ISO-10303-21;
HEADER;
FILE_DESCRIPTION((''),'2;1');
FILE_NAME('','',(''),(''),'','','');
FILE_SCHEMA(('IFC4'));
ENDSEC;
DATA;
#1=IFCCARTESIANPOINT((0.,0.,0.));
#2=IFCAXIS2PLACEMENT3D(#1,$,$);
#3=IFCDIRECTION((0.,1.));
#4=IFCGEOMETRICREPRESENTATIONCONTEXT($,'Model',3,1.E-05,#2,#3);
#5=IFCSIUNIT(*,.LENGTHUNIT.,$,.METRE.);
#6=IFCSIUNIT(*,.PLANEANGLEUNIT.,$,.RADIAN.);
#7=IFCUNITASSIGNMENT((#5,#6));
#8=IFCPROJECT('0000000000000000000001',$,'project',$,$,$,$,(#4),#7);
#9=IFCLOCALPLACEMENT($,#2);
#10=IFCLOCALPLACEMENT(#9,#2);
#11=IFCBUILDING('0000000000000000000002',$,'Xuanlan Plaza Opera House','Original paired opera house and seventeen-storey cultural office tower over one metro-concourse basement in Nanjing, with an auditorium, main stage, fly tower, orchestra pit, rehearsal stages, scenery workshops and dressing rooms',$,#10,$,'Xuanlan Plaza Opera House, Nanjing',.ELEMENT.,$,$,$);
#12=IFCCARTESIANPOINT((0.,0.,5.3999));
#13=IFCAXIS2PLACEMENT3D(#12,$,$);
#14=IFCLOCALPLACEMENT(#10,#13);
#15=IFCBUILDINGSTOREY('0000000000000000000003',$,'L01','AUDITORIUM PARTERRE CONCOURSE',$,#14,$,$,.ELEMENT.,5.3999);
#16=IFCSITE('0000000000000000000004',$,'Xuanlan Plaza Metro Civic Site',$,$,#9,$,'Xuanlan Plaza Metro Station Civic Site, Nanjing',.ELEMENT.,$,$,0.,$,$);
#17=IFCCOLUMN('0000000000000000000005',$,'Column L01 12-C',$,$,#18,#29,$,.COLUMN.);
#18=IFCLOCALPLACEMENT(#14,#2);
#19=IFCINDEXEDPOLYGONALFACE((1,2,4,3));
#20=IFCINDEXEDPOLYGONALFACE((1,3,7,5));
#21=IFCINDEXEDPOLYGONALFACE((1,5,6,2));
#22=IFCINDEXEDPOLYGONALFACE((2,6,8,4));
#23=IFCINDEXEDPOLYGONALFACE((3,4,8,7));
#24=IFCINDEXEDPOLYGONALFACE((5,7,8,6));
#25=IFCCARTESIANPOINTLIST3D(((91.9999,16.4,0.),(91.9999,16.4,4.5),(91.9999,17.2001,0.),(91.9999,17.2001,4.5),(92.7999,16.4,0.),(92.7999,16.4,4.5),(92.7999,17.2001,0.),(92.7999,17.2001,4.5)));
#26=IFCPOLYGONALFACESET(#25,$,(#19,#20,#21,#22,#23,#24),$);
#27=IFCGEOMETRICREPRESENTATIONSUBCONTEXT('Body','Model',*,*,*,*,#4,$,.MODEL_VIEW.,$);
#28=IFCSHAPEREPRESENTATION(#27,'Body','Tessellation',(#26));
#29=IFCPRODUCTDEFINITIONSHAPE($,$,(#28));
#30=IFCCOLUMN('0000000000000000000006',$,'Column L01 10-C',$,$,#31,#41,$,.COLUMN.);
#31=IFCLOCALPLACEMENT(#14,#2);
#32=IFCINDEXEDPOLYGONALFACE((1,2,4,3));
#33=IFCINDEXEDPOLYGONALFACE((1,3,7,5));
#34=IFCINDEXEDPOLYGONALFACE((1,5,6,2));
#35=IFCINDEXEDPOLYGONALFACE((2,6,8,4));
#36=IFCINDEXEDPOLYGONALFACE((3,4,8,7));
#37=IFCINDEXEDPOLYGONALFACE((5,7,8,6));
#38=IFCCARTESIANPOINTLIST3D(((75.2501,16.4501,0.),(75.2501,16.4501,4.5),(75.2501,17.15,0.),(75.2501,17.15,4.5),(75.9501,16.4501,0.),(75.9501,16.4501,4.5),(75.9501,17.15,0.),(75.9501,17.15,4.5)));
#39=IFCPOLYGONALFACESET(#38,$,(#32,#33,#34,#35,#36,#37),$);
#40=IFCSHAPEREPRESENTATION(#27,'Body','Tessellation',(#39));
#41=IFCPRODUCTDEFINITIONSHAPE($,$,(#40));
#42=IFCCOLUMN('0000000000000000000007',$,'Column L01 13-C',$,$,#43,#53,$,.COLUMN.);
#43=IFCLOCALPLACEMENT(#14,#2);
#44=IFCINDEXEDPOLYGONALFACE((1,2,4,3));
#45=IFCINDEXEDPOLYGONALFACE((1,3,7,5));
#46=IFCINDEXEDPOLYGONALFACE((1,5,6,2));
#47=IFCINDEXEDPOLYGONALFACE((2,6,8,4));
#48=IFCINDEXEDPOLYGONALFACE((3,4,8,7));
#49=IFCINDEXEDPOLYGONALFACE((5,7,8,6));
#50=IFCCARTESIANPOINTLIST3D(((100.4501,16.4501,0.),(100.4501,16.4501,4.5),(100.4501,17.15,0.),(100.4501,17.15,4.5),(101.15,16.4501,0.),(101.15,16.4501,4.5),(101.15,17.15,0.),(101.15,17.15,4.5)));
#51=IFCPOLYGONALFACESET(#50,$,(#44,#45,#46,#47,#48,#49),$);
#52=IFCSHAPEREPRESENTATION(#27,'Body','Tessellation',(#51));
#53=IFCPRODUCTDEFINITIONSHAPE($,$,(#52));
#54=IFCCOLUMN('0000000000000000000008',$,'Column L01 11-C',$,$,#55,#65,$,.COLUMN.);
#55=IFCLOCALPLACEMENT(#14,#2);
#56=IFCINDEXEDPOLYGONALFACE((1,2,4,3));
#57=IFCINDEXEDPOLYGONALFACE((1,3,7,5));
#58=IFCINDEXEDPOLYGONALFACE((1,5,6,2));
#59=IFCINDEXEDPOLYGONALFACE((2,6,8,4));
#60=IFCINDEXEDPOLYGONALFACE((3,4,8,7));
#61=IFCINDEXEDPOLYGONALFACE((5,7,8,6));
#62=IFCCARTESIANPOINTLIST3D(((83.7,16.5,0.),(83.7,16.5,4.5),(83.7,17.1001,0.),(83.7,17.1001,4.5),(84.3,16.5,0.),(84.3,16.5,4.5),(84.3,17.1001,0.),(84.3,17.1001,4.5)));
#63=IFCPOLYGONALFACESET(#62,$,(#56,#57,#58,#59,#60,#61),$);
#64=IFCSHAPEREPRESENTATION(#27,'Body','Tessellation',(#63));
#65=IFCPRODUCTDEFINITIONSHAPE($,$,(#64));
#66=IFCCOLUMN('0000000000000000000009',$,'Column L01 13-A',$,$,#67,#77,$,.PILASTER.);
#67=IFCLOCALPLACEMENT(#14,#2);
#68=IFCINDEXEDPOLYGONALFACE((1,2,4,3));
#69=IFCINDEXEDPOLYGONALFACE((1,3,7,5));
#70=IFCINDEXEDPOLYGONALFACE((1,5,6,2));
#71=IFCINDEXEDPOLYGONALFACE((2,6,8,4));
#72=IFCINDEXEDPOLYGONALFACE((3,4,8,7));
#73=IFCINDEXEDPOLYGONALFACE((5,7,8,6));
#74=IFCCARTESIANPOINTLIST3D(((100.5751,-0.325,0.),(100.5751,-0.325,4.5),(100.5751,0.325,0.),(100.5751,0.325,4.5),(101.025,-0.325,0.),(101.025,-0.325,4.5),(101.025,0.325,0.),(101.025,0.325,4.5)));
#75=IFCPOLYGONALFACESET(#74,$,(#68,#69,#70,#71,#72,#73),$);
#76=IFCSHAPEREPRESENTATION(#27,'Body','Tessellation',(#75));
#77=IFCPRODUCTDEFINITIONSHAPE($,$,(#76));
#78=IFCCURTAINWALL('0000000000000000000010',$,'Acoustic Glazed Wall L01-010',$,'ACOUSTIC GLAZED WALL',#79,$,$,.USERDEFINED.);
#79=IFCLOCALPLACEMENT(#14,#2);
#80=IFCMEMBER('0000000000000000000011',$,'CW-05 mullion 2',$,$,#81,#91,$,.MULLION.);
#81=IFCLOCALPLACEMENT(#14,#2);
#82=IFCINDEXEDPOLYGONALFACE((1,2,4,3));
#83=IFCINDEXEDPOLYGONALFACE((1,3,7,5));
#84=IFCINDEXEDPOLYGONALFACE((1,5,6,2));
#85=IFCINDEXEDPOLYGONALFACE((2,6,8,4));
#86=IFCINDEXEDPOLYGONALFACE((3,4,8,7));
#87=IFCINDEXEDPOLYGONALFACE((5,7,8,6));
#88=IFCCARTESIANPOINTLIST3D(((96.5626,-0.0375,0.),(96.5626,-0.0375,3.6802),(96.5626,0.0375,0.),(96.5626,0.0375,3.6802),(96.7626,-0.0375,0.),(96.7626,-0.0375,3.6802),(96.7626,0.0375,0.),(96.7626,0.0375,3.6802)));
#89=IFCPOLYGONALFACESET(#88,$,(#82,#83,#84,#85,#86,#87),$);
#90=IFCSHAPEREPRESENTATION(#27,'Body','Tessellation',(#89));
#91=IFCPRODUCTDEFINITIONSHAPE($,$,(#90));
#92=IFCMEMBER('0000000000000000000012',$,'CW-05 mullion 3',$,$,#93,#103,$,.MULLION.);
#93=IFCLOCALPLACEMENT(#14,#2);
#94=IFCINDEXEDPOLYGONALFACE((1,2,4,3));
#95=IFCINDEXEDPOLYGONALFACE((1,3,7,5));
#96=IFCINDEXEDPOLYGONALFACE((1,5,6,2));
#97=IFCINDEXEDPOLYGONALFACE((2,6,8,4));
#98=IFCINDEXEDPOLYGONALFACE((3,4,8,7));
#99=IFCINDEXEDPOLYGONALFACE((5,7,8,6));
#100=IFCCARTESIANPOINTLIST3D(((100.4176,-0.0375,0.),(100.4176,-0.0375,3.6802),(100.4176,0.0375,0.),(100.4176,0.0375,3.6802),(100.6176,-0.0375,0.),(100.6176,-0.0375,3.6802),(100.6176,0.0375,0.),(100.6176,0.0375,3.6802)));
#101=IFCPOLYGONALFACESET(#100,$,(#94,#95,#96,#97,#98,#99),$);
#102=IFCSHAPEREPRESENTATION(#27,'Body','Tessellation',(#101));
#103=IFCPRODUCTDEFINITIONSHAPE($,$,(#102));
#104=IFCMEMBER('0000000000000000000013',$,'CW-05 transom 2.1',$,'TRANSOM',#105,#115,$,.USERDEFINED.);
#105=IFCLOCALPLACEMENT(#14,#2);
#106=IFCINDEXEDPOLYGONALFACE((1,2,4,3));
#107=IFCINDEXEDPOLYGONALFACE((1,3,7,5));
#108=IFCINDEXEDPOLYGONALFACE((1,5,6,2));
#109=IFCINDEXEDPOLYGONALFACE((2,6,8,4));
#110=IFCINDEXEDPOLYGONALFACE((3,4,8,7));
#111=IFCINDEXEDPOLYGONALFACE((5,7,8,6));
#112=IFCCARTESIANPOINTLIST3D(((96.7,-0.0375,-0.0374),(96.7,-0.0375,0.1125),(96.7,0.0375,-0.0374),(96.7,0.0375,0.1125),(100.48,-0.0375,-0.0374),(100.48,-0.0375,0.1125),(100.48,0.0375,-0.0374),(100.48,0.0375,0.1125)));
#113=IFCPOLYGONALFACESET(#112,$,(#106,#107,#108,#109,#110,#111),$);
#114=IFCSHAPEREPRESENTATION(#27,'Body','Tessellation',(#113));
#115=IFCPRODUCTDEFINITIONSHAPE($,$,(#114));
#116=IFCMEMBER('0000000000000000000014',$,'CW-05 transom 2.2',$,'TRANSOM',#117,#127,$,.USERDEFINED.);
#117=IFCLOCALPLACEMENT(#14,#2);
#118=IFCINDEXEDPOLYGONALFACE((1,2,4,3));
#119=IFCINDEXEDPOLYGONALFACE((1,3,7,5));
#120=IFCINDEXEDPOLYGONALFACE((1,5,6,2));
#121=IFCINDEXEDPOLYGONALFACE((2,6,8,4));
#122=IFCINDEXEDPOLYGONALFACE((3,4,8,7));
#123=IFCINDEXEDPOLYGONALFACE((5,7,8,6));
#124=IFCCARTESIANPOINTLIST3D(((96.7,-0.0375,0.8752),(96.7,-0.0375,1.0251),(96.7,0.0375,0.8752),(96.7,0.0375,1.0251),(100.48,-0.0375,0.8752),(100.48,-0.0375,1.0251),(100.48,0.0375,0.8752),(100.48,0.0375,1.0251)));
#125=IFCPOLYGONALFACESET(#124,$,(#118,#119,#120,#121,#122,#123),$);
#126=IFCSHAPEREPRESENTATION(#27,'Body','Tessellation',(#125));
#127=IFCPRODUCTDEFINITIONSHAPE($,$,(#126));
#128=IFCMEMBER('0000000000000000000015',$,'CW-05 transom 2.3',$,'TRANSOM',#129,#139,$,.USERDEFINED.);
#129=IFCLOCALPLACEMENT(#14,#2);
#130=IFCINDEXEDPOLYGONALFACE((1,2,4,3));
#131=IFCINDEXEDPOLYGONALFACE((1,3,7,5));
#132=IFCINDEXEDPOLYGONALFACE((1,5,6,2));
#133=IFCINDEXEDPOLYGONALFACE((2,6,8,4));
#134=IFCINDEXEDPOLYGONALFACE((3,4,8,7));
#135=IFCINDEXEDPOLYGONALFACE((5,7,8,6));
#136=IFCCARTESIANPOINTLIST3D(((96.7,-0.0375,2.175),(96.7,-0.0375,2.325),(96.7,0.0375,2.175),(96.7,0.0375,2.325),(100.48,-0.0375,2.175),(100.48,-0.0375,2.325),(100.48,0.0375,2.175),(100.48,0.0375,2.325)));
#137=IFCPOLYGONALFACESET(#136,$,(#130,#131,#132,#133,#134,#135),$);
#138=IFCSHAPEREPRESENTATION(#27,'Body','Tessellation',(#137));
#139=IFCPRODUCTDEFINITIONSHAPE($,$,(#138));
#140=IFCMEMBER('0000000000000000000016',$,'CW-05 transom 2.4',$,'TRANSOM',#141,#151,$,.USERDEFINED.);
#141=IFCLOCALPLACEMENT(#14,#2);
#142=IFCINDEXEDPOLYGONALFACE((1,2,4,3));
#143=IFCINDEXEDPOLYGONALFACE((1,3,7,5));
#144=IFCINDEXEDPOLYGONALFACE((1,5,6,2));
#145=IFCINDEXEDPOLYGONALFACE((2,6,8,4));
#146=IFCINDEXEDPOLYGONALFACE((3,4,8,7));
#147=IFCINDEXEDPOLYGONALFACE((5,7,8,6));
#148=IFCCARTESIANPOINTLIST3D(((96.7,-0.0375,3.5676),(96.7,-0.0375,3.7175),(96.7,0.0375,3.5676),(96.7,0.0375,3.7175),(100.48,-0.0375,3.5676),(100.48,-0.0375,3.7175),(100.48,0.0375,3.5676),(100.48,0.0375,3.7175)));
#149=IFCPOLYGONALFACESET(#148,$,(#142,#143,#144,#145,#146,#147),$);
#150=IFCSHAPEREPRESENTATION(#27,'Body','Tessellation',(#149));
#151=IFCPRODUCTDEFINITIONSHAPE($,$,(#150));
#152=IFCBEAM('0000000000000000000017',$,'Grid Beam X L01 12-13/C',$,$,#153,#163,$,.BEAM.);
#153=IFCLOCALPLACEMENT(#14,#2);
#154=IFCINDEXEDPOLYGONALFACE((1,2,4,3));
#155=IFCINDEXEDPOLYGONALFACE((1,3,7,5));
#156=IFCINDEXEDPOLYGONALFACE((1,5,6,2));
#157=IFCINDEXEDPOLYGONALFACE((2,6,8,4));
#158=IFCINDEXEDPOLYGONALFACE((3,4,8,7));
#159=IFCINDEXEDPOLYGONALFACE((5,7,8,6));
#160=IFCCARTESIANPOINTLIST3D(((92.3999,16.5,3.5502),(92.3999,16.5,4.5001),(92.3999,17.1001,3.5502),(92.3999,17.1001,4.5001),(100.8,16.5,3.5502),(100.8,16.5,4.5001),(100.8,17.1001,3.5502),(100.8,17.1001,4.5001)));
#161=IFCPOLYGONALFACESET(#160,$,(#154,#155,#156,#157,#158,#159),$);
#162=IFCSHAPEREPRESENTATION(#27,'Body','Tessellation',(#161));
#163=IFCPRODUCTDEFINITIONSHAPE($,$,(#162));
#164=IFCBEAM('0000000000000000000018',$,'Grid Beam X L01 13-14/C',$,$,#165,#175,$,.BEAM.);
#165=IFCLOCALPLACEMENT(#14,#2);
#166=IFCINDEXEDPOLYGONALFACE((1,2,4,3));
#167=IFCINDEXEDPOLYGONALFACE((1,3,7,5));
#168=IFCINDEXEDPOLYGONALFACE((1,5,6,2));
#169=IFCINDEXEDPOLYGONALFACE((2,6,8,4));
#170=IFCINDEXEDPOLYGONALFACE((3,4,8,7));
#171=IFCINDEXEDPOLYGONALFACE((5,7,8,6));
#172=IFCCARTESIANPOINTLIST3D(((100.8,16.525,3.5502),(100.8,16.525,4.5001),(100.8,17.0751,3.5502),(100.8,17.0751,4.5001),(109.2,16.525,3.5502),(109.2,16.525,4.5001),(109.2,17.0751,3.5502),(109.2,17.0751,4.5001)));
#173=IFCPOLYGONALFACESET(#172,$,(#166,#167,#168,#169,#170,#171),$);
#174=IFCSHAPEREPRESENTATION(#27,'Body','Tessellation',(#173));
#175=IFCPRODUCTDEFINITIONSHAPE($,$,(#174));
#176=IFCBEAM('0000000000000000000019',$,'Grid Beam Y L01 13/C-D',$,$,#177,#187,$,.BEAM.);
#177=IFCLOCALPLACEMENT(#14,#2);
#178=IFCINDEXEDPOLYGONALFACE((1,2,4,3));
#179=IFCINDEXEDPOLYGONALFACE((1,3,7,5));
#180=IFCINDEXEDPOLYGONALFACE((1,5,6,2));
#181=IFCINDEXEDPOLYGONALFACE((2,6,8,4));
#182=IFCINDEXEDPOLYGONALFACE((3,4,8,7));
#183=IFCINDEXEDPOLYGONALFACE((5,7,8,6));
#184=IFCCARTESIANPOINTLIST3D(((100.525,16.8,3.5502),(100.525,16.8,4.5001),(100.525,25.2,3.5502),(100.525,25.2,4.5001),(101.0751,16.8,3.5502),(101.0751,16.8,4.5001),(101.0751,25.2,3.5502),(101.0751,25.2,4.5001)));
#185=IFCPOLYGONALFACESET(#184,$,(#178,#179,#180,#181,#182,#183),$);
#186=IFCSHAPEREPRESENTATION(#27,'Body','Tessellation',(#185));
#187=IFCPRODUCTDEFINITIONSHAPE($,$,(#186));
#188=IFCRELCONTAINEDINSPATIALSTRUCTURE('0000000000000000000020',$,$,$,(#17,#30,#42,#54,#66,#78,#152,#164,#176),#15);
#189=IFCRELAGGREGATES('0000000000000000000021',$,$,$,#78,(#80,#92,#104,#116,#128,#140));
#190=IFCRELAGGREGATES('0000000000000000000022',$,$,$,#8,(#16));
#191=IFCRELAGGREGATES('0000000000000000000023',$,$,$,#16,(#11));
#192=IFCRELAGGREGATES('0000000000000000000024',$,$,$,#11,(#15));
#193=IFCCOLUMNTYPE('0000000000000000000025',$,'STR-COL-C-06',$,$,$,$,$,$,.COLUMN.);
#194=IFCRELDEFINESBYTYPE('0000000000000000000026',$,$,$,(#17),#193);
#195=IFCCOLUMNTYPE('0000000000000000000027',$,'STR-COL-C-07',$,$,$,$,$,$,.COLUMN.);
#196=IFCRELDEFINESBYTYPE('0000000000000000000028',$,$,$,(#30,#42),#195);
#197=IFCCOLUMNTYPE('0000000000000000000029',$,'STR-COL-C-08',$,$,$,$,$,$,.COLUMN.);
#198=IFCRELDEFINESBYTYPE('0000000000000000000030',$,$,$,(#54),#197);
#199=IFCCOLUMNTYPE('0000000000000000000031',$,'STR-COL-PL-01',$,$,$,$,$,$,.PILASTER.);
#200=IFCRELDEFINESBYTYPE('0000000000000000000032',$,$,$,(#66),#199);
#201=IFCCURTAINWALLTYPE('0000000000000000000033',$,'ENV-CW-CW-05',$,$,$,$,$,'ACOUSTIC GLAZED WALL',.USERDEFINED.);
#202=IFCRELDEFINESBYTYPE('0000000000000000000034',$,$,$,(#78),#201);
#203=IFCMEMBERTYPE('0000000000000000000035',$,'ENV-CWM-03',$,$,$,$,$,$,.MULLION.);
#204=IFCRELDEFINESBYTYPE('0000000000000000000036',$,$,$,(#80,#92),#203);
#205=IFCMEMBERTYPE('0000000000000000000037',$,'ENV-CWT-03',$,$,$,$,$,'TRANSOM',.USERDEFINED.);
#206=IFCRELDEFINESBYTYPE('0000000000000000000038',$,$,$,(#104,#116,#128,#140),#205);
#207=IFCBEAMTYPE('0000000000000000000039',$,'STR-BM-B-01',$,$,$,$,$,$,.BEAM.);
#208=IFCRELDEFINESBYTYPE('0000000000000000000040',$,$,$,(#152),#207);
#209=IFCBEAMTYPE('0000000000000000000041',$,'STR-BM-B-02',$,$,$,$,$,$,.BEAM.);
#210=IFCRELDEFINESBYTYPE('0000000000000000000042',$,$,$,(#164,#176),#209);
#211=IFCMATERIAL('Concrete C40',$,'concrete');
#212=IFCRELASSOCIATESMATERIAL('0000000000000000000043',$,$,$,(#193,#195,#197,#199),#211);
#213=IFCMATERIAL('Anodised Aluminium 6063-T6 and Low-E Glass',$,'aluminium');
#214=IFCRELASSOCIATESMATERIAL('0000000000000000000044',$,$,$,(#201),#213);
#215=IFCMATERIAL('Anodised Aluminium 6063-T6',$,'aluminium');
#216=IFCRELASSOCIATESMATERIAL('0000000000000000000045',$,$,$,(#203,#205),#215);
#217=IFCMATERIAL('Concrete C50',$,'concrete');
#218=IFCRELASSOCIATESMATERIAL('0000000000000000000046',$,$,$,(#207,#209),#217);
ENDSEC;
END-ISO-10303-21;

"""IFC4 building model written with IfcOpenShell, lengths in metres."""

from ifc_helpers import new_model, si_unit, direction, frame, origin, origin_2d, place, context, subcontext, project, spatial, rectangle, extrude, material, material_profile, profile_set, type_object, element, aggregate, save


model = new_model("IFC4")

# Units and contexts
model_context = context("Model", 3, precision=1e-05, world=origin(), true_north=direction((0.0, 1.0)))
body_context = subcontext(model_context, "Body", "Model", "MODEL_VIEW")
ifc_project = project(units=[si_unit("LENGTHUNIT", "METRE"), si_unit("PLANEANGLEUNIT", "RADIAN")], contexts=[model_context])

# Site, building, storey
site_placement = place(None, origin())
site = spatial("IfcSite", under=ifc_project, at=site_placement, Name="Xuanlan Plaza Metro Civic Site", LongName="Xuanlan Plaza Metro Station Civic Site, Nanjing", CompositionType="ELEMENT", RefElevation=0.0)
building_placement = place(site_placement, origin())
building = spatial("IfcBuilding", under=site, at=building_placement, Name="Xuanlan Plaza Opera House", Description="Original paired opera house and seventeen-storey cultural office tower over one metro-concourse basement in Nanjing, with an auditorium, main stage, fly tower, orchestra pit, rehearsal stages, scenery workshops and dressing rooms", LongName="Xuanlan Plaza Opera House, Nanjing", CompositionType="ELEMENT")
storey_placement = place(building_placement, frame((0.0, 0.0, 5.3999)))
storey = spatial("IfcBuildingStorey", under=building, at=storey_placement, Name="L01", Description="AUDITORIUM PARTERRE CONCOURSE", CompositionType="ELEMENT", Elevation=5.3999)

# Columns
ifc_material_1 = material(Name="Concrete C40", Category="concrete")
ifc_material_profile_1 = material_profile(ifc_material_1, rectangle(XDim=0.8, YDim=0.8, at=origin_2d()), Name="RC-COL 800x800")
ifc_profile_set_1 = profile_set([ifc_material_profile_1], Name="Concrete C40")
column_type_1 = type_object("IfcColumnType", Name="STR-COL-C-06", PredefinedType="COLUMN", material=ifc_profile_set_1)
column_1_placement = place(storey_placement, frame((92.3999, 16.8, 0.0), z_axis=(0.0, 0.0, 1.0), x_axis=(1.0, 0.0, 0.0)))
element("IfcColumn", 1, at=column_1_placement, inside=storey, type_object=column_type_1, Name="Column L01 12-C", PredefinedType="COLUMN", context=body_context, shape_type="SweptSolid", body=[
    extrude(rectangle(XDim=0.8, YDim=0.8, at=origin_2d()), origin(), (0.0, 0.0, 1.0), 4.5),
])
ifc_material_profile_2 = material_profile(ifc_material_1, rectangle(XDim=0.7, YDim=0.7, at=origin_2d()), Name="RC-COL 700x700")
ifc_profile_set_2 = profile_set([ifc_material_profile_2], Name="Concrete C40")
column_type_2 = type_object("IfcColumnType", Name="STR-COL-C-07", PredefinedType="COLUMN", material=ifc_profile_set_2)
for number, where, z_axis, x_axis, name in (
    (2, (75.6001, 16.8, 0.0), (0.0, 0.0, 1.0), (1.0, 0.0, 0.0), "Column L01 10-C"),
    (3, (100.8, 16.8, 0.0), (0.0, 0.0, 1.0), (1.0, 0.0, 0.0), "Column L01 13-C"),
):
    element("IfcColumn", number, at=place(storey_placement, frame(where, z_axis=z_axis, x_axis=x_axis)), inside=storey, type_object=column_type_2, Name=name, PredefinedType="COLUMN", context=body_context, shape_type="SweptSolid", body=[
        extrude(rectangle(XDim=0.7, YDim=0.7, at=origin_2d()), origin(), (0.0, 0.0, 1.0), 4.5),
    ])
ifc_material_profile_3 = material_profile(ifc_material_1, rectangle(XDim=0.6001, YDim=0.6001, at=origin_2d()), Name="RC-COL 600x600")
ifc_profile_set_3 = profile_set([ifc_material_profile_3], Name="Concrete C40")
column_type_3 = type_object("IfcColumnType", Name="STR-COL-C-08", PredefinedType="COLUMN", material=ifc_profile_set_3)
column_2_placement = place(storey_placement, frame((84.0, 16.8, 0.0), z_axis=(0.0, 0.0, 1.0), x_axis=(1.0, 0.0, 0.0)))
element("IfcColumn", 4, at=column_2_placement, inside=storey, type_object=column_type_3, Name="Column L01 11-C", PredefinedType="COLUMN", context=body_context, shape_type="SweptSolid", body=[
    extrude(rectangle(XDim=0.6001, YDim=0.6001, at=origin_2d()), origin(), (0.0, 0.0, 1.0), 4.5),
])
ifc_material_profile_4 = material_profile(ifc_material_1, rectangle(XDim=0.45, YDim=0.6499, at=origin_2d()), Name="RC-PIL 450x650")
ifc_profile_set_4 = profile_set([ifc_material_profile_4], Name="Concrete C40")
column_type_4 = type_object("IfcColumnType", Name="STR-COL-PL-01", PredefinedType="PILASTER", material=ifc_profile_set_4)
column_3_placement = place(storey_placement, frame((100.8, 0.0, 0.0), z_axis=(0.0, 0.0, 1.0), x_axis=(1.0, 0.0, 0.0)))
element("IfcColumn", 5, at=column_3_placement, inside=storey, type_object=column_type_4, Name="Column L01 13-A", PredefinedType="PILASTER", context=body_context, shape_type="SweptSolid", body=[
    extrude(rectangle(XDim=0.45, YDim=0.6499, at=origin_2d()), origin(), (0.0, 0.0, 1.0), 4.5),
])

# Curtain wall, members
ifc_material_2 = material(Name="Anodised Aluminium 6063-T6 and Low-E Glass", Category="aluminium")
curtain_wall_type = type_object("IfcCurtainWallType", Name="ENV-CW-CW-05", ElementType="ACOUSTIC GLAZED WALL", PredefinedType="USERDEFINED", material=ifc_material_2)
curtain_wall_placement = place(storey_placement, origin())
curtain_wall = element("IfcCurtainWall", 6, at=curtain_wall_placement, inside=storey, type_object=curtain_wall_type, Name="Acoustic Glazed Wall L01-010", ObjectType="ACOUSTIC GLAZED WALL", PredefinedType="USERDEFINED")
ifc_material_3 = material(Name="Anodised Aluminium 6063-T6", Category="aluminium")
ifc_material_profile_5 = material_profile(ifc_material_3, rectangle(XDim=0.075, YDim=0.2, at=origin_2d()), Name="ALU-M 75x200")
ifc_profile_set_5 = profile_set([ifc_material_profile_5], Name="Anodised Aluminium 6063-T6")
member_type_1 = type_object("IfcMemberType", Name="ENV-CWM-03", PredefinedType="MULLION", material=ifc_profile_set_5)
member_1_placement = place(storey_placement, frame((96.6626, 0.0, 0.0), z_axis=(0.0, 0.0, 1.0), x_axis=(0.0, 1.0, 0.0)))
member_1 = element("IfcMember", 7, at=member_1_placement, type_object=member_type_1, Name="CW-05 mullion 2", PredefinedType="MULLION", context=body_context, shape_type="SweptSolid", body=[
    extrude(rectangle(XDim=0.075, YDim=0.2, at=origin_2d()), origin(), (0.0, 0.0, 1.0), 3.6802),
])
member_2_placement = place(storey_placement, frame((100.5176, 0.0, 0.0), z_axis=(0.0, 0.0, 1.0), x_axis=(0.0, 1.0, 0.0)))
member_2 = element("IfcMember", 8, at=member_2_placement, type_object=member_type_1, Name="CW-05 mullion 3", PredefinedType="MULLION", context=body_context, shape_type="SweptSolid", body=[
    extrude(rectangle(XDim=0.075, YDim=0.2, at=origin_2d()), origin(), (0.0, 0.0, 1.0), 3.6802),
])
ifc_material_profile_6 = material_profile(ifc_material_3, rectangle(XDim=0.075, YDim=0.1499, at=origin_2d()), Name="ALU-T 75x150")
ifc_profile_set_6 = profile_set([ifc_material_profile_6], Name="Anodised Aluminium 6063-T6")
member_type_2 = type_object("IfcMemberType", Name="ENV-CWT-03", ElementType="TRANSOM", PredefinedType="USERDEFINED", material=ifc_profile_set_6)
member_3_placement = place(storey_placement, frame((96.7, 0.0, 0.0376), z_axis=(1.0, 0.0, 0.0), x_axis=(0.0, 1.0, 0.0)))
member_3 = element("IfcMember", 9, at=member_3_placement, type_object=member_type_2, Name="CW-05 transom 2.1", ObjectType="TRANSOM", PredefinedType="USERDEFINED", context=body_context, shape_type="SweptSolid", body=[
    extrude(rectangle(XDim=0.075, YDim=0.1499, at=origin_2d()), origin(), (0.0, 0.0, 1.0), 3.78),
])
member_4_placement = place(storey_placement, frame((96.7, 0.0, 0.9502), z_axis=(1.0, 0.0, 0.0), x_axis=(0.0, 1.0, 0.0)))
member_4 = element("IfcMember", 10, at=member_4_placement, type_object=member_type_2, Name="CW-05 transom 2.2", ObjectType="TRANSOM", PredefinedType="USERDEFINED", context=body_context, shape_type="SweptSolid", body=[
    extrude(rectangle(XDim=0.075, YDim=0.1499, at=origin_2d()), origin(), (0.0, 0.0, 1.0), 3.78),
])
member_5_placement = place(storey_placement, frame((96.7, 0.0, 2.25), z_axis=(1.0, 0.0, 0.0), x_axis=(0.0, 1.0, 0.0)))
member_5 = element("IfcMember", 11, at=member_5_placement, type_object=member_type_2, Name="CW-05 transom 2.3", ObjectType="TRANSOM", PredefinedType="USERDEFINED", context=body_context, shape_type="SweptSolid", body=[
    extrude(rectangle(XDim=0.075, YDim=0.1499, at=origin_2d()), origin(), (0.0, 0.0, 1.0), 3.78),
])
member_6_placement = place(storey_placement, frame((96.7, 0.0, 3.6426), z_axis=(1.0, 0.0, 0.0), x_axis=(0.0, 1.0, 0.0)))
member_6 = element("IfcMember", 12, at=member_6_placement, type_object=member_type_2, Name="CW-05 transom 2.4", ObjectType="TRANSOM", PredefinedType="USERDEFINED", context=body_context, shape_type="SweptSolid", body=[
    extrude(rectangle(XDim=0.075, YDim=0.1499, at=origin_2d()), origin(), (0.0, 0.0, 1.0), 3.78),
])

# Beams
ifc_material_4 = material(Name="Concrete C50", Category="concrete")
ifc_material_profile_7 = material_profile(ifc_material_4, rectangle(XDim=0.6001, YDim=0.95, at=origin_2d()), Name="RC-BM 600x950")
ifc_profile_set_7 = profile_set([ifc_material_profile_7], Name="Concrete C50")
beam_type_1 = type_object("IfcBeamType", Name="STR-BM-B-01", PredefinedType="BEAM", material=ifc_profile_set_7)
beam_1_placement = place(storey_placement, frame((92.3999, 16.8, 4.0251), z_axis=(1.0, 0.0, 0.0), x_axis=(0.0, 1.0, 0.0)))
element("IfcBeam", 13, at=beam_1_placement, inside=storey, type_object=beam_type_1, Name="Grid Beam X L01 12-13/C", PredefinedType="BEAM", context=body_context, shape_type="SweptSolid", body=[
    extrude(rectangle(XDim=0.6001, YDim=0.95, at=origin_2d()), origin(), (0.0, 0.0, 1.0), 8.4001),
])
ifc_material_profile_8 = material_profile(ifc_material_4, rectangle(XDim=0.55, YDim=0.95, at=origin_2d()), Name="RC-BM 550x950")
ifc_profile_set_8 = profile_set([ifc_material_profile_8], Name="Concrete C50")
beam_type_2 = type_object("IfcBeamType", Name="STR-BM-B-02", PredefinedType="BEAM", material=ifc_profile_set_8)
for number, where, z_axis, x_axis, name in (
    (14, (100.8, 16.8, 4.0251), (1.0, 0.0, 0.0), (0.0, 1.0, 0.0), "Grid Beam X L01 13-14/C"),
    (15, (100.8, 16.8, 4.0251), (0.0, 1.0, 0.0), (-1.0, 0.0, 0.0), "Grid Beam Y L01 13/C-D"),
):
    element("IfcBeam", number, at=place(storey_placement, frame(where, z_axis=z_axis, x_axis=x_axis)), inside=storey, type_object=beam_type_2, Name=name, PredefinedType="BEAM", context=body_context, shape_type="SweptSolid", body=[
        extrude(rectangle(XDim=0.55, YDim=0.95, at=origin_2d()), origin(), (0.0, 0.0, 1.0), 8.3999),
    ])

aggregate(curtain_wall, [member_1, member_2, member_3, member_4, member_5, member_6])

save(model, "model.ifc")
